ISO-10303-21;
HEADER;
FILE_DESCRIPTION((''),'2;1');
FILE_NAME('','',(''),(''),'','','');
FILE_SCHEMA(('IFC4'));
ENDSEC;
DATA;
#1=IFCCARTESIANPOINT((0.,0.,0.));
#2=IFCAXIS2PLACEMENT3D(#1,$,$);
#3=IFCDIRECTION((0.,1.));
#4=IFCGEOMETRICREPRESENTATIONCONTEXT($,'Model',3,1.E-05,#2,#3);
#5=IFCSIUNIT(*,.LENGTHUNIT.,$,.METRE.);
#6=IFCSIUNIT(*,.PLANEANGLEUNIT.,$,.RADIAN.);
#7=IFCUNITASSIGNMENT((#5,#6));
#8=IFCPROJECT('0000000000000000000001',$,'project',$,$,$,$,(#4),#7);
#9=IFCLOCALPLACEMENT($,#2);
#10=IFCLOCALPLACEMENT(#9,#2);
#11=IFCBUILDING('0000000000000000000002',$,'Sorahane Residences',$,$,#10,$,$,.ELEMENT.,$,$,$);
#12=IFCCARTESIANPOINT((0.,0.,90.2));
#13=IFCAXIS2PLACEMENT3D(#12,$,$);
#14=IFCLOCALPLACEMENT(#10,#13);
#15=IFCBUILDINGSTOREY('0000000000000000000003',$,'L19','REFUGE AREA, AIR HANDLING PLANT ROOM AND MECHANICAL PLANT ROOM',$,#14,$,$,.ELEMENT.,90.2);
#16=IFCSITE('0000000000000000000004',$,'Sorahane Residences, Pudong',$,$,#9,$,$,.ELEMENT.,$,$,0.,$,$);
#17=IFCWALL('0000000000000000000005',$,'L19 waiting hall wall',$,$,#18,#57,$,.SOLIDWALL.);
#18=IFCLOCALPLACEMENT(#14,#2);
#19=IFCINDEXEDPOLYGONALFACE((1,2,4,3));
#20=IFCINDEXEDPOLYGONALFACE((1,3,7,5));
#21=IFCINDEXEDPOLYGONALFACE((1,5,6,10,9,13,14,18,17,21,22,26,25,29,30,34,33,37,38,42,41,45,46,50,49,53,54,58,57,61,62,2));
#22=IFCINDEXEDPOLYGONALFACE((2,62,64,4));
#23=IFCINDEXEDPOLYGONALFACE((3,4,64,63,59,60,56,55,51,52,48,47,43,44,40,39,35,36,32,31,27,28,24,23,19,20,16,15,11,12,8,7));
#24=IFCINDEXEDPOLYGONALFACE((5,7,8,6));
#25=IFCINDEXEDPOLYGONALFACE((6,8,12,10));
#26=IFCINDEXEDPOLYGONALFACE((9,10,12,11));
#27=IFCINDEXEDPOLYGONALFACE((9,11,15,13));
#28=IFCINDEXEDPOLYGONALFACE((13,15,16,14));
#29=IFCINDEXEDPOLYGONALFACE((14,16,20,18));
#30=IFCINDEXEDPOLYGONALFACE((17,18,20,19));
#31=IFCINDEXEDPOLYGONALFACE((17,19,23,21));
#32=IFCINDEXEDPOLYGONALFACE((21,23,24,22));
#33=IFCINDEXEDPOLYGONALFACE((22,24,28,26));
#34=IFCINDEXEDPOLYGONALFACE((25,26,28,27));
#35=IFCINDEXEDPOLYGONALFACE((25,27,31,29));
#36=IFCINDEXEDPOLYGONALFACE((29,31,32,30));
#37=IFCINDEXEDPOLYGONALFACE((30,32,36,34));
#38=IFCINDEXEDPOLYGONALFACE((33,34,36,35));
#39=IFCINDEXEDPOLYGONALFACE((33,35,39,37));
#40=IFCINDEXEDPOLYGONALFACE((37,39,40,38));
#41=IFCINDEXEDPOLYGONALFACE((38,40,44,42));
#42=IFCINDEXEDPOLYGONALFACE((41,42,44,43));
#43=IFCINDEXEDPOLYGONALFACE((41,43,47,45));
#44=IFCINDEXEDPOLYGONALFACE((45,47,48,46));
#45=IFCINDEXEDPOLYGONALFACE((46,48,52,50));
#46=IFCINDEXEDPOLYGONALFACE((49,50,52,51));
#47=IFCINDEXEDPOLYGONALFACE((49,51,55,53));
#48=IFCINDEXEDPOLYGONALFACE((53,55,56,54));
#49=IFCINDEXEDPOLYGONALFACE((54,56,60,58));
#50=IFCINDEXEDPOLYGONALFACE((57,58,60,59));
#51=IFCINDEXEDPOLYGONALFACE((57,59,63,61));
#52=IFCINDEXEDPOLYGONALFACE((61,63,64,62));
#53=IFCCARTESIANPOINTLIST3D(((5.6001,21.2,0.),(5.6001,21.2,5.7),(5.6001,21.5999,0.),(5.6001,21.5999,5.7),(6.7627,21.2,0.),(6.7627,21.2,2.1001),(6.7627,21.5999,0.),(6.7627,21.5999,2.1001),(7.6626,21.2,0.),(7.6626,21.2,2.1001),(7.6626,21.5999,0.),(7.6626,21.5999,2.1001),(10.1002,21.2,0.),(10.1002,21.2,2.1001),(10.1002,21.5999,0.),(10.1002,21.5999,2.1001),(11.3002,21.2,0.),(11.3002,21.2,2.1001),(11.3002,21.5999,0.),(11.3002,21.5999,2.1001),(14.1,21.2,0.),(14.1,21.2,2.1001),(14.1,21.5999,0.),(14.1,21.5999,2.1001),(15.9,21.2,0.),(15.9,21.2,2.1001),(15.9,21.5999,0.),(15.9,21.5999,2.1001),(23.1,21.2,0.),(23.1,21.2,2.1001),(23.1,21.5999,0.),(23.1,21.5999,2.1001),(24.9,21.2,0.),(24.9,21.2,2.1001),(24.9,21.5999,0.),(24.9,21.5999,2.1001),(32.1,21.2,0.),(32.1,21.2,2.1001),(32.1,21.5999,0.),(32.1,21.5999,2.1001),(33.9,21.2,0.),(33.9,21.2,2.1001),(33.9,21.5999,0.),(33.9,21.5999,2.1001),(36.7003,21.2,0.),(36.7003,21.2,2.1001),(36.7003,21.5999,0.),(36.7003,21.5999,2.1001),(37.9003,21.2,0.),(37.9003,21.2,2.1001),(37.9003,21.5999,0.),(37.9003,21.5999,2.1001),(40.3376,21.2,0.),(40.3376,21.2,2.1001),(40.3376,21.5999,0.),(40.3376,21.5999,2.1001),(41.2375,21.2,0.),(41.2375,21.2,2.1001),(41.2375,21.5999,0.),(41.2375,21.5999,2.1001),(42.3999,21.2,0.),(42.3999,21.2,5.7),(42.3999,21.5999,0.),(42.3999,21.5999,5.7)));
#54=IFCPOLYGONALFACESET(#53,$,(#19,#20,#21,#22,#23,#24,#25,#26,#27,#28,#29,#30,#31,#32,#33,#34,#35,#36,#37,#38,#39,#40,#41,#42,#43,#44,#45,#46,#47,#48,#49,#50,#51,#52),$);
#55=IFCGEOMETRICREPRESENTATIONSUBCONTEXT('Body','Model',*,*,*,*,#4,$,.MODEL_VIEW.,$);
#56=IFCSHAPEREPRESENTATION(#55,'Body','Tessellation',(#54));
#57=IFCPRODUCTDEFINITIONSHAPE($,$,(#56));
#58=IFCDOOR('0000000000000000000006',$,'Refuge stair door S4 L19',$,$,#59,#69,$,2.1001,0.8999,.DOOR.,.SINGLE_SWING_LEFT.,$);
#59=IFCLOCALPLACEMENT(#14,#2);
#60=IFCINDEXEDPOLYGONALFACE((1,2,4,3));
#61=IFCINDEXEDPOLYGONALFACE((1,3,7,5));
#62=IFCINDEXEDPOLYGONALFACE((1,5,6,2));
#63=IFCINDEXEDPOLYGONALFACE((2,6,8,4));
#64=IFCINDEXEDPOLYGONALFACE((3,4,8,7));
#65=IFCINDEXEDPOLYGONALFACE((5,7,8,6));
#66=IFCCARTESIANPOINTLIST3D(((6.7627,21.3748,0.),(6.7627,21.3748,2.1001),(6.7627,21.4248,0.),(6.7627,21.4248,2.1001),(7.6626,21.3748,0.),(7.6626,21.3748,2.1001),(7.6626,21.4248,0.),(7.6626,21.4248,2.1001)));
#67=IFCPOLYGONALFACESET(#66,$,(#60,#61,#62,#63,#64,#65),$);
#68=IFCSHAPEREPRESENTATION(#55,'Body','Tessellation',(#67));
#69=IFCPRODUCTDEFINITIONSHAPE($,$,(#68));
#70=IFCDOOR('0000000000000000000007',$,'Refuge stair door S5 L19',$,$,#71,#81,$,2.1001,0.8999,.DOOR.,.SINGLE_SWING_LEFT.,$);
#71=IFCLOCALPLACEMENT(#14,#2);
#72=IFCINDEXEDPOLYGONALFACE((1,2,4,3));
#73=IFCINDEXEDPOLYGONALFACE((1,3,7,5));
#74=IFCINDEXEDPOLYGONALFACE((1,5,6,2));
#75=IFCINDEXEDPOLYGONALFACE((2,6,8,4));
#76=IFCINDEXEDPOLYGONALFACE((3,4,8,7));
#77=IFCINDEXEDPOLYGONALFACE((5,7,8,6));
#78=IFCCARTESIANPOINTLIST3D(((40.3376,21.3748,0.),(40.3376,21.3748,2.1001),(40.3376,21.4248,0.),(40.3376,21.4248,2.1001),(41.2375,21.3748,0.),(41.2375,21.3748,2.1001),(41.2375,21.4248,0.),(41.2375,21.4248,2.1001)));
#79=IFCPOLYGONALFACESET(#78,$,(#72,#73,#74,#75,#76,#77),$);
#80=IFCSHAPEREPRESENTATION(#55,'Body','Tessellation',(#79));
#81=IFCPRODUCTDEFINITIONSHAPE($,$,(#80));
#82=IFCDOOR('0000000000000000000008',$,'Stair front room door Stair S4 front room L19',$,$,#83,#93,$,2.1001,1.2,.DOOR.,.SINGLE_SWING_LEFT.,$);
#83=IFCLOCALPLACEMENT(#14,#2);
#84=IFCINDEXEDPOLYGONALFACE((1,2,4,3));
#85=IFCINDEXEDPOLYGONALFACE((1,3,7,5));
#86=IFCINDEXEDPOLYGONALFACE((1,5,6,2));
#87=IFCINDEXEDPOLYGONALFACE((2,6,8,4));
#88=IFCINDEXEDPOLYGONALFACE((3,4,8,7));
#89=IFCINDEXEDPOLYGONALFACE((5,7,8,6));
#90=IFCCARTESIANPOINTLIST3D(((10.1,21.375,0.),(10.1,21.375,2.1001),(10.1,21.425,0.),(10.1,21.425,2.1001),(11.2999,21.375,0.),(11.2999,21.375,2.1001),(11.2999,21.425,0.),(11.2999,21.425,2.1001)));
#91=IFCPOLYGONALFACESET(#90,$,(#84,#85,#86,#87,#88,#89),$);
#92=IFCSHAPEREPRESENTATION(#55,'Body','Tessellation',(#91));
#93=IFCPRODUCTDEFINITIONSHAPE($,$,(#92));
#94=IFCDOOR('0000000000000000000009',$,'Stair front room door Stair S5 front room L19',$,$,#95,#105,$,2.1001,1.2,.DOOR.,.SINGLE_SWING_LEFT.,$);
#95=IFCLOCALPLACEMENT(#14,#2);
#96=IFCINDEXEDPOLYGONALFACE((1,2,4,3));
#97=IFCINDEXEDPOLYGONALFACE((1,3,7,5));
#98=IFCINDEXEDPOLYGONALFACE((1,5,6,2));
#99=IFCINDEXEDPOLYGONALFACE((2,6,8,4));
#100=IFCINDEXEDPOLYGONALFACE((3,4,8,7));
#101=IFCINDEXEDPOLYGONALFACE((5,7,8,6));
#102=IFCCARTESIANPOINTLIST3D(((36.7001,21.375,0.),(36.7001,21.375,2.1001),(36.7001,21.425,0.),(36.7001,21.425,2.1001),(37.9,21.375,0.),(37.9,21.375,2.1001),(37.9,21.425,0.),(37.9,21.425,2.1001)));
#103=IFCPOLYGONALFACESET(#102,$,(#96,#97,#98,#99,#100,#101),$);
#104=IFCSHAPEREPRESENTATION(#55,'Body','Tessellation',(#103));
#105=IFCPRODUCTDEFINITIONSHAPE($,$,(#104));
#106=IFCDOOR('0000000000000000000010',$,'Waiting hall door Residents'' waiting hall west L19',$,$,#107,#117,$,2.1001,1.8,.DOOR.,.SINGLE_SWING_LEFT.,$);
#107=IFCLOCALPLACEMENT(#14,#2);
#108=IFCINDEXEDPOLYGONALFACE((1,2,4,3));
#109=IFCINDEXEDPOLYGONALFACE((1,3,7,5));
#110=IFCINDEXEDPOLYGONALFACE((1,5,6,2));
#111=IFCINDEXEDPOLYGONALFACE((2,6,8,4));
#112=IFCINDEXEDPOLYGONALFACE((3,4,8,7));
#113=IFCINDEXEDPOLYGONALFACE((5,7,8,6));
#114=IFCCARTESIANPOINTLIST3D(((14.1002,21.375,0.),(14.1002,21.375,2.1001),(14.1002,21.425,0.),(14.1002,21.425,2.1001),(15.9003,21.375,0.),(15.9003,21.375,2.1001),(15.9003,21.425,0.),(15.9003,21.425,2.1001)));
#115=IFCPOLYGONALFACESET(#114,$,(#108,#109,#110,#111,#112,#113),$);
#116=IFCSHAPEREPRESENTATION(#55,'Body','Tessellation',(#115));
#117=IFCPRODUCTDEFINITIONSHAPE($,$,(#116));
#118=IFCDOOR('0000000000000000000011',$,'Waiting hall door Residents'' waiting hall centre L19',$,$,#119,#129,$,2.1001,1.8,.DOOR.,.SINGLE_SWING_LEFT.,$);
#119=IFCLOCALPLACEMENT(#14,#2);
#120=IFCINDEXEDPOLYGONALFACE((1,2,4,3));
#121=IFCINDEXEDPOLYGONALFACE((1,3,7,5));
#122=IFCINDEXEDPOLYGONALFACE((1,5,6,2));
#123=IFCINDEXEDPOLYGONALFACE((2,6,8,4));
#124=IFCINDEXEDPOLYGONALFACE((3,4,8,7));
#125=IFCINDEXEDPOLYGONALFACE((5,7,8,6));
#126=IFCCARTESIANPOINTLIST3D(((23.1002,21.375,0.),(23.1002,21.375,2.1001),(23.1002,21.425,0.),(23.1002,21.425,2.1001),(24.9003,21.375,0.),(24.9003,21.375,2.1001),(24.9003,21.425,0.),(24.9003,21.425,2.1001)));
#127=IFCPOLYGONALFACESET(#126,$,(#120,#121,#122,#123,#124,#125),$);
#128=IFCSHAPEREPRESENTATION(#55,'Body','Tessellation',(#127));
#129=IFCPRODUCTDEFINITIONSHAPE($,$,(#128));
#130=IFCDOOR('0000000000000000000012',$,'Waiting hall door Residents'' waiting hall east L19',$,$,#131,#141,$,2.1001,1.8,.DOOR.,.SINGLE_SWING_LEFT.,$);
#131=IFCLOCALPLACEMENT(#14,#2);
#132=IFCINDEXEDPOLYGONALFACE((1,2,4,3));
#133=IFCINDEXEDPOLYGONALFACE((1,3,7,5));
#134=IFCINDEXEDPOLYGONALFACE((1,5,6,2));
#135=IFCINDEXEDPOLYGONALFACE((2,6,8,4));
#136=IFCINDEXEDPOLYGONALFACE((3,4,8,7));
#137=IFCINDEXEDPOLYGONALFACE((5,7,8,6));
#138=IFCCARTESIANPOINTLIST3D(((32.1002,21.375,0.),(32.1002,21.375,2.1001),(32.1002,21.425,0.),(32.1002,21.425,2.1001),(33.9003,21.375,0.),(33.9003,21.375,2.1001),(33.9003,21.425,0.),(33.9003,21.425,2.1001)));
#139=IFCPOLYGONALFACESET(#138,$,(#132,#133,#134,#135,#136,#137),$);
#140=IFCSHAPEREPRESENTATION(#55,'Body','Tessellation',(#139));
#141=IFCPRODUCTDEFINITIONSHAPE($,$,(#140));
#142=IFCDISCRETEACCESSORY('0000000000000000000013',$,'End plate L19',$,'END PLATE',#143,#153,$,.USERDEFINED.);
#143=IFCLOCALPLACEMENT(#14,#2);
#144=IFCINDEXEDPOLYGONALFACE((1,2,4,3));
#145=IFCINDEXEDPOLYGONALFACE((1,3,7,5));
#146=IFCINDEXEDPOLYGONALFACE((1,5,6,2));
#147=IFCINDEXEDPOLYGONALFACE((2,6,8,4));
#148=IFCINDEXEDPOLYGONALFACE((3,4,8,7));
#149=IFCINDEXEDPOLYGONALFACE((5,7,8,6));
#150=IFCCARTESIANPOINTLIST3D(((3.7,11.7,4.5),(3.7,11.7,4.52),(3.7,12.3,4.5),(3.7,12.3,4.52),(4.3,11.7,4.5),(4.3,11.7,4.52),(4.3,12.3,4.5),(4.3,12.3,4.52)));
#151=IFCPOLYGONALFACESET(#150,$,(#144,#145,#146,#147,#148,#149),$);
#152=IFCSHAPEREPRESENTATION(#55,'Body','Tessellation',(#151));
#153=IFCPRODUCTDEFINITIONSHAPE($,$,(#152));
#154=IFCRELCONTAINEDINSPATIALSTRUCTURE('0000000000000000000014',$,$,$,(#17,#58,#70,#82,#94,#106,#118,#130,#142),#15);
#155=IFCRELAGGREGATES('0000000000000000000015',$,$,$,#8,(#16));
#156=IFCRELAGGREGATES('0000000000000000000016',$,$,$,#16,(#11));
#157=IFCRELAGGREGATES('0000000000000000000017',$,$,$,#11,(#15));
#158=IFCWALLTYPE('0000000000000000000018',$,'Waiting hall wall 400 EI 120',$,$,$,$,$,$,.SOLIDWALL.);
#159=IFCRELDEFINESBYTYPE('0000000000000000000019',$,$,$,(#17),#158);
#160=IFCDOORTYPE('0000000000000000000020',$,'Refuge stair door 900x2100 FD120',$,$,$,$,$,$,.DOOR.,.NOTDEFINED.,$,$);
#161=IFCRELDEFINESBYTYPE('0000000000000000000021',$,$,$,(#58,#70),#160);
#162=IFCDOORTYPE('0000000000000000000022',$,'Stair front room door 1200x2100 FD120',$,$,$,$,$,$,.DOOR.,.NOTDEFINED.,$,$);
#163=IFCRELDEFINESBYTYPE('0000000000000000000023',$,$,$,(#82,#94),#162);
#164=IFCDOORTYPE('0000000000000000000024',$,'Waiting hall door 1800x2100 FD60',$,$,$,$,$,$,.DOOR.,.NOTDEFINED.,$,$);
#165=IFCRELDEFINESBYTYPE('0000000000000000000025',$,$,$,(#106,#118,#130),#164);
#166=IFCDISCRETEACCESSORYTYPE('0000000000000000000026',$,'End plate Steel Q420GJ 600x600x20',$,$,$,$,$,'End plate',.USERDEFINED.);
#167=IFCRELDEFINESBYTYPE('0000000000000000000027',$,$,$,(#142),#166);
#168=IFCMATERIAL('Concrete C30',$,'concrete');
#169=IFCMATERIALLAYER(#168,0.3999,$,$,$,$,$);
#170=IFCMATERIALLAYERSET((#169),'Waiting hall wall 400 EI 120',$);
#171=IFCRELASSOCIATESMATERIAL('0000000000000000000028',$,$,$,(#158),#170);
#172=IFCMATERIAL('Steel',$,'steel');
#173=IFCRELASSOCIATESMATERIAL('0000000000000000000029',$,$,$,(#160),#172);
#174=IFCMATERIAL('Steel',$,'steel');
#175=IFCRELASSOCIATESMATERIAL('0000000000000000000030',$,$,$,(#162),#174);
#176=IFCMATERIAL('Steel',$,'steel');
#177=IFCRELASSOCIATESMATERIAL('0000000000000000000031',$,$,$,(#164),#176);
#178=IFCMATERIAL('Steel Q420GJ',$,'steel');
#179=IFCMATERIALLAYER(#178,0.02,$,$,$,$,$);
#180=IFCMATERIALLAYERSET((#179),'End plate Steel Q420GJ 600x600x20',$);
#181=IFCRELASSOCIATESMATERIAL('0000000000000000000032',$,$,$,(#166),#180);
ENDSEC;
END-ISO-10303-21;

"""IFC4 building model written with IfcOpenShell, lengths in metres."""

from ifc_helpers import new_model, si_unit, direction, frame, frame_2d, origin, origin_2d, place, context, subcontext, project, spatial, rectangle, extrude, material, layer, layer_set, type_object, element, fill, save


model = new_model("IFC4")

# Units and contexts
model_context = context("Model", 3, precision=1e-05, world=origin(), true_north=direction((0.0, 1.0)))
body_context = subcontext(model_context, "Body", "Model", "MODEL_VIEW")
ifc_project = project(units=[si_unit("LENGTHUNIT", "METRE"), si_unit("PLANEANGLEUNIT", "RADIAN")], contexts=[model_context])

# Site, building, storey
site_placement = place(None, origin())
site = spatial("IfcSite", under=ifc_project, at=site_placement, Name="Sorahane Residences, Pudong", CompositionType="ELEMENT", RefElevation=0.0)
building_placement = place(site_placement, origin())
building = spatial("IfcBuilding", under=site, at=building_placement, Name="Sorahane Residences", CompositionType="ELEMENT")
storey_placement = place(building_placement, frame((0.0, 0.0, 90.2)))
storey = spatial("IfcBuildingStorey", under=building, at=storey_placement, Name="L19", Description="REFUGE AREA, AIR HANDLING PLANT ROOM AND MECHANICAL PLANT ROOM", CompositionType="ELEMENT", Elevation=90.2)

# Wall, openings, doors
ifc_material_1 = material(Name="Concrete C30", Category="concrete")
ifc_layer_1 = layer(ifc_material_1, 0.3999)
ifc_layer_set_1 = layer_set([ifc_layer_1], Name="Waiting hall wall 400 EI 120")
wall_type_1 = type_object("IfcWallType", Name="Waiting hall wall 400 EI 120", PredefinedType="SOLIDWALL", material=ifc_layer_set_1)
wall_1_placement = place(storey_placement, frame((5.6001, 21.3999, 0.0), z_axis=(0.0, 0.0, 1.0), x_axis=(1.0, 0.0, 0.0)))
wall_1 = element("IfcWall", 1, at=wall_1_placement, inside=storey, type_object=wall_type_1, Name="L19 waiting hall wall", PredefinedType="SOLIDWALL", context=body_context, shape_type="SweptSolid", body=[
    extrude(rectangle(XDim=36.7998, YDim=0.3999, at=frame_2d((18.3999, 0.0))), origin(), (0.0, 0.0, 1.0), 5.7),
])
opening_1_placement = place(wall_1_placement, frame((8.5, 0.0, 0.0)))
opening_1 = element("IfcOpeningElement", 2, at=opening_1_placement, cuts=wall_1, PredefinedType="OPENING", context=body_context, shape_type="SweptSolid", body=[
    extrude(rectangle(XDim=1.8, YDim=2.1001, at=frame_2d((0.8999, 1.05))), frame((0.0, 0.21, 0.0), z_axis=(0.0, -1.0, 0.0), x_axis=(1.0, 0.0, 0.0)), (0.0, 0.0, 1.0), 0.4199),
])
opening_2_placement = place(wall_1_placement, frame((17.5, 0.0, 0.0)))
opening_2 = element("IfcOpeningElement", 3, at=opening_2_placement, cuts=wall_1, PredefinedType="OPENING", context=body_context, shape_type="SweptSolid", body=[
    extrude(rectangle(XDim=1.8, YDim=2.1001, at=frame_2d((0.8999, 1.05))), frame((0.0, 0.21, 0.0), z_axis=(0.0, -1.0, 0.0), x_axis=(1.0, 0.0, 0.0)), (0.0, 0.0, 1.0), 0.4199),
])
opening_3_placement = place(wall_1_placement, frame((26.5, 0.0, 0.0)))
opening_3 = element("IfcOpeningElement", 4, at=opening_3_placement, cuts=wall_1, PredefinedType="OPENING", context=body_context, shape_type="SweptSolid", body=[
    extrude(rectangle(XDim=1.8, YDim=2.1001, at=frame_2d((0.8999, 1.05))), frame((0.0, 0.21, 0.0), z_axis=(0.0, -1.0, 0.0), x_axis=(1.0, 0.0, 0.0)), (0.0, 0.0, 1.0), 0.4199),
])
opening_4_placement = place(wall_1_placement, frame((4.5, 0.0, 0.0)))
opening_4 = element("IfcOpeningElement", 5, at=opening_4_placement, cuts=wall_1, PredefinedType="OPENING", context=body_context, shape_type="SweptSolid", body=[
    extrude(rectangle(XDim=1.2, YDim=2.1001, at=frame_2d((0.6001, 1.05))), frame((0.0, 0.21, 0.0), z_axis=(0.0, -1.0, 0.0), x_axis=(1.0, 0.0, 0.0)), (0.0, 0.0, 1.0), 0.4199),
])
opening_5_placement = place(wall_1_placement, frame((31.1001, 0.0, 0.0)))
opening_5 = element("IfcOpeningElement", 6, at=opening_5_placement, cuts=wall_1, PredefinedType="OPENING", context=body_context, shape_type="SweptSolid", body=[
    extrude(rectangle(XDim=1.2, YDim=2.1001, at=frame_2d((0.6001, 1.05))), frame((0.0, 0.21, 0.0), z_axis=(0.0, -1.0, 0.0), x_axis=(1.0, 0.0, 0.0)), (0.0, 0.0, 1.0), 0.4199),
])
opening_6_placement = place(wall_1_placement, frame((1.1626, 0.0, 0.0)))
opening_6 = element("IfcOpeningElement", 7, at=opening_6_placement, cuts=wall_1, PredefinedType="OPENING", context=body_context, shape_type="SweptSolid", body=[
    extrude(rectangle(XDim=0.8999, YDim=2.1001, at=frame_2d((0.45, 1.05))), frame((0.0, 0.21, 0.0), z_axis=(0.0, -1.0, 0.0), x_axis=(1.0, 0.0, 0.0)), (0.0, 0.0, 1.0), 0.4199),
])
opening_7_placement = place(wall_1_placement, frame((34.7375, 0.0, 0.0)))
opening_7 = element("IfcOpeningElement", 8, at=opening_7_placement, cuts=wall_1, PredefinedType="OPENING", context=body_context, shape_type="SweptSolid", body=[
    extrude(rectangle(XDim=0.8999, YDim=2.1001, at=frame_2d((0.45, 1.05))), frame((0.0, 0.21, 0.0), z_axis=(0.0, -1.0, 0.0), x_axis=(1.0, 0.0, 0.0)), (0.0, 0.0, 1.0), 0.4199),
])
ifc_material_2 = material(Name="Steel", Category="steel")
door_type_1 = type_object("IfcDoorType", Name="Refuge stair door 900x2100 FD120", OperationType="NOTDEFINED", PredefinedType="DOOR", material=ifc_material_2)
door_1_placement = place(opening_6_placement, origin())
door_1 = element("IfcDoor", 9, at=door_1_placement, inside=storey, type_object=door_type_1, Name="Refuge stair door S4 L19", OperationType="SINGLE_SWING_LEFT", OverallHeight=2.1001, OverallWidth=0.8999, PredefinedType="DOOR", context=body_context, shape_type="SweptSolid", body=[
    extrude(rectangle(XDim=0.8999, YDim=2.1001, at=frame_2d((0.45, 1.05))), frame((0.0, 0.0249, 0.0), z_axis=(0.0, -1.0, 0.0), x_axis=(1.0, 0.0, 0.0)), (0.0, 0.0, 1.0), 0.05),
])
fill(opening_6, door_1)
door_2_placement = place(opening_7_placement, origin())
door_2 = element("IfcDoor", 10, at=door_2_placement, inside=storey, type_object=door_type_1, Name="Refuge stair door S5 L19", OperationType="SINGLE_SWING_LEFT", OverallHeight=2.1001, OverallWidth=0.8999, PredefinedType="DOOR", context=body_context, shape_type="SweptSolid", body=[
    extrude(rectangle(XDim=0.8999, YDim=2.1001, at=frame_2d((0.45, 1.05))), frame((0.0, 0.0249, 0.0), z_axis=(0.0, -1.0, 0.0), x_axis=(1.0, 0.0, 0.0)), (0.0, 0.0, 1.0), 0.05),
])
fill(opening_7, door_2)
ifc_material_3 = material(Name="Steel", Category="steel")
door_type_2 = type_object("IfcDoorType", Name="Stair front room door 1200x2100 FD120", OperationType="NOTDEFINED", PredefinedType="DOOR", material=ifc_material_3)
door_3_placement = place(opening_4_placement, frame((1.2, 0.0, 0.0), z_axis=(0.0, 0.0, 1.0), x_axis=(-1.0, 0.0, 0.0)))
door_3 = element("IfcDoor", 11, at=door_3_placement, inside=storey, type_object=door_type_2, Name="Stair front room door Stair S4 front room L19", OperationType="SINGLE_SWING_LEFT", OverallHeight=2.1001, OverallWidth=1.2, PredefinedType="DOOR", context=body_context, shape_type="SweptSolid", body=[
    extrude(rectangle(XDim=1.2, YDim=2.1001, at=frame_2d((0.6001, 1.05))), frame((0.0, 0.0249, 0.0), z_axis=(0.0, -1.0, 0.0), x_axis=(1.0, 0.0, 0.0)), (0.0, 0.0, 1.0), 0.05),
])
fill(opening_4, door_3)
door_4_placement = place(opening_5_placement, frame((1.2, 0.0, 0.0), z_axis=(0.0, 0.0, 1.0), x_axis=(-1.0, 0.0, 0.0)))
door_4 = element("IfcDoor", 12, at=door_4_placement, inside=storey, type_object=door_type_2, Name="Stair front room door Stair S5 front room L19", OperationType="SINGLE_SWING_LEFT", OverallHeight=2.1001, OverallWidth=1.2, PredefinedType="DOOR", context=body_context, shape_type="SweptSolid", body=[
    extrude(rectangle(XDim=1.2, YDim=2.1001, at=frame_2d((0.6001, 1.05))), frame((0.0, 0.0249, 0.0), z_axis=(0.0, -1.0, 0.0), x_axis=(1.0, 0.0, 0.0)), (0.0, 0.0, 1.0), 0.05),
])
fill(opening_5, door_4)
ifc_material_4 = material(Name="Steel", Category="steel")
door_type_3 = type_object("IfcDoorType", Name="Waiting hall door 1800x2100 FD60", OperationType="NOTDEFINED", PredefinedType="DOOR", material=ifc_material_4)
door_5_placement = place(opening_1_placement, frame((1.8, 0.0, 0.0), z_axis=(0.0, 0.0, 1.0), x_axis=(-1.0, 0.0, 0.0)))
door_5 = element("IfcDoor", 13, at=door_5_placement, inside=storey, type_object=door_type_3, Name="Waiting hall door Residents' waiting hall west L19", OperationType="SINGLE_SWING_LEFT", OverallHeight=2.1001, OverallWidth=1.8, PredefinedType="DOOR", context=body_context, shape_type="SweptSolid", body=[
    extrude(rectangle(XDim=1.8, YDim=2.1001, at=frame_2d((0.8999, 1.05))), frame((0.0, 0.0249, 0.0), z_axis=(0.0, -1.0, 0.0), x_axis=(1.0, 0.0, 0.0)), (0.0, 0.0, 1.0), 0.05),
])
fill(opening_1, door_5)
door_6_placement = place(opening_2_placement, frame((1.8, 0.0, 0.0), z_axis=(0.0, 0.0, 1.0), x_axis=(-1.0, 0.0, 0.0)))
door_6 = element("IfcDoor", 14, at=door_6_placement, inside=storey, type_object=door_type_3, Name="Waiting hall door Residents' waiting hall centre L19", OperationType="SINGLE_SWING_LEFT", OverallHeight=2.1001, OverallWidth=1.8, PredefinedType="DOOR", context=body_context, shape_type="SweptSolid", body=[
    extrude(rectangle(XDim=1.8, YDim=2.1001, at=frame_2d((0.8999, 1.05))), frame((0.0, 0.0249, 0.0), z_axis=(0.0, -1.0, 0.0), x_axis=(1.0, 0.0, 0.0)), (0.0, 0.0, 1.0), 0.05),
])
fill(opening_2, door_6)
door_7_placement = place(opening_3_placement, frame((1.8, 0.0, 0.0), z_axis=(0.0, 0.0, 1.0), x_axis=(-1.0, 0.0, 0.0)))
door_7 = element("IfcDoor", 15, at=door_7_placement, inside=storey, type_object=door_type_3, Name="Waiting hall door Residents' waiting hall east L19", OperationType="SINGLE_SWING_LEFT", OverallHeight=2.1001, OverallWidth=1.8, PredefinedType="DOOR", context=body_context, shape_type="SweptSolid", body=[
    extrude(rectangle(XDim=1.8, YDim=2.1001, at=frame_2d((0.8999, 1.05))), frame((0.0, 0.0249, 0.0), z_axis=(0.0, -1.0, 0.0), x_axis=(1.0, 0.0, 0.0)), (0.0, 0.0, 1.0), 0.05),
])
fill(opening_3, door_7)

# Discrete accessory
ifc_material_5 = material(Name="Steel Q420GJ", Category="steel")
ifc_layer_2 = layer(ifc_material_5, 0.02)
ifc_layer_set_2 = layer_set([ifc_layer_2], Name="End plate Steel Q420GJ 600x600x20")
discrete_accessory_type_1 = type_object("IfcDiscreteAccessoryType", Name="End plate Steel Q420GJ 600x600x20", ElementType="End plate", PredefinedType="USERDEFINED", material=ifc_layer_set_2)
discrete_accessory_1_placement = place(storey_placement, frame((4.0, 12.0, 4.5), z_axis=(0.0, 0.0, 1.0), x_axis=(1.0, 0.0, 0.0)))
element("IfcDiscreteAccessory", 16, at=discrete_accessory_1_placement, inside=storey, type_object=discrete_accessory_type_1, Name="End plate L19", ObjectType="END PLATE", PredefinedType="USERDEFINED", context=body_context, shape_type="SweptSolid", body=[
    extrude(rectangle(XDim=0.6001, YDim=0.6001, at=origin_2d()), origin(), (0.0, 0.0, 1.0), 0.02),
])

save(model, "model.ifc")
